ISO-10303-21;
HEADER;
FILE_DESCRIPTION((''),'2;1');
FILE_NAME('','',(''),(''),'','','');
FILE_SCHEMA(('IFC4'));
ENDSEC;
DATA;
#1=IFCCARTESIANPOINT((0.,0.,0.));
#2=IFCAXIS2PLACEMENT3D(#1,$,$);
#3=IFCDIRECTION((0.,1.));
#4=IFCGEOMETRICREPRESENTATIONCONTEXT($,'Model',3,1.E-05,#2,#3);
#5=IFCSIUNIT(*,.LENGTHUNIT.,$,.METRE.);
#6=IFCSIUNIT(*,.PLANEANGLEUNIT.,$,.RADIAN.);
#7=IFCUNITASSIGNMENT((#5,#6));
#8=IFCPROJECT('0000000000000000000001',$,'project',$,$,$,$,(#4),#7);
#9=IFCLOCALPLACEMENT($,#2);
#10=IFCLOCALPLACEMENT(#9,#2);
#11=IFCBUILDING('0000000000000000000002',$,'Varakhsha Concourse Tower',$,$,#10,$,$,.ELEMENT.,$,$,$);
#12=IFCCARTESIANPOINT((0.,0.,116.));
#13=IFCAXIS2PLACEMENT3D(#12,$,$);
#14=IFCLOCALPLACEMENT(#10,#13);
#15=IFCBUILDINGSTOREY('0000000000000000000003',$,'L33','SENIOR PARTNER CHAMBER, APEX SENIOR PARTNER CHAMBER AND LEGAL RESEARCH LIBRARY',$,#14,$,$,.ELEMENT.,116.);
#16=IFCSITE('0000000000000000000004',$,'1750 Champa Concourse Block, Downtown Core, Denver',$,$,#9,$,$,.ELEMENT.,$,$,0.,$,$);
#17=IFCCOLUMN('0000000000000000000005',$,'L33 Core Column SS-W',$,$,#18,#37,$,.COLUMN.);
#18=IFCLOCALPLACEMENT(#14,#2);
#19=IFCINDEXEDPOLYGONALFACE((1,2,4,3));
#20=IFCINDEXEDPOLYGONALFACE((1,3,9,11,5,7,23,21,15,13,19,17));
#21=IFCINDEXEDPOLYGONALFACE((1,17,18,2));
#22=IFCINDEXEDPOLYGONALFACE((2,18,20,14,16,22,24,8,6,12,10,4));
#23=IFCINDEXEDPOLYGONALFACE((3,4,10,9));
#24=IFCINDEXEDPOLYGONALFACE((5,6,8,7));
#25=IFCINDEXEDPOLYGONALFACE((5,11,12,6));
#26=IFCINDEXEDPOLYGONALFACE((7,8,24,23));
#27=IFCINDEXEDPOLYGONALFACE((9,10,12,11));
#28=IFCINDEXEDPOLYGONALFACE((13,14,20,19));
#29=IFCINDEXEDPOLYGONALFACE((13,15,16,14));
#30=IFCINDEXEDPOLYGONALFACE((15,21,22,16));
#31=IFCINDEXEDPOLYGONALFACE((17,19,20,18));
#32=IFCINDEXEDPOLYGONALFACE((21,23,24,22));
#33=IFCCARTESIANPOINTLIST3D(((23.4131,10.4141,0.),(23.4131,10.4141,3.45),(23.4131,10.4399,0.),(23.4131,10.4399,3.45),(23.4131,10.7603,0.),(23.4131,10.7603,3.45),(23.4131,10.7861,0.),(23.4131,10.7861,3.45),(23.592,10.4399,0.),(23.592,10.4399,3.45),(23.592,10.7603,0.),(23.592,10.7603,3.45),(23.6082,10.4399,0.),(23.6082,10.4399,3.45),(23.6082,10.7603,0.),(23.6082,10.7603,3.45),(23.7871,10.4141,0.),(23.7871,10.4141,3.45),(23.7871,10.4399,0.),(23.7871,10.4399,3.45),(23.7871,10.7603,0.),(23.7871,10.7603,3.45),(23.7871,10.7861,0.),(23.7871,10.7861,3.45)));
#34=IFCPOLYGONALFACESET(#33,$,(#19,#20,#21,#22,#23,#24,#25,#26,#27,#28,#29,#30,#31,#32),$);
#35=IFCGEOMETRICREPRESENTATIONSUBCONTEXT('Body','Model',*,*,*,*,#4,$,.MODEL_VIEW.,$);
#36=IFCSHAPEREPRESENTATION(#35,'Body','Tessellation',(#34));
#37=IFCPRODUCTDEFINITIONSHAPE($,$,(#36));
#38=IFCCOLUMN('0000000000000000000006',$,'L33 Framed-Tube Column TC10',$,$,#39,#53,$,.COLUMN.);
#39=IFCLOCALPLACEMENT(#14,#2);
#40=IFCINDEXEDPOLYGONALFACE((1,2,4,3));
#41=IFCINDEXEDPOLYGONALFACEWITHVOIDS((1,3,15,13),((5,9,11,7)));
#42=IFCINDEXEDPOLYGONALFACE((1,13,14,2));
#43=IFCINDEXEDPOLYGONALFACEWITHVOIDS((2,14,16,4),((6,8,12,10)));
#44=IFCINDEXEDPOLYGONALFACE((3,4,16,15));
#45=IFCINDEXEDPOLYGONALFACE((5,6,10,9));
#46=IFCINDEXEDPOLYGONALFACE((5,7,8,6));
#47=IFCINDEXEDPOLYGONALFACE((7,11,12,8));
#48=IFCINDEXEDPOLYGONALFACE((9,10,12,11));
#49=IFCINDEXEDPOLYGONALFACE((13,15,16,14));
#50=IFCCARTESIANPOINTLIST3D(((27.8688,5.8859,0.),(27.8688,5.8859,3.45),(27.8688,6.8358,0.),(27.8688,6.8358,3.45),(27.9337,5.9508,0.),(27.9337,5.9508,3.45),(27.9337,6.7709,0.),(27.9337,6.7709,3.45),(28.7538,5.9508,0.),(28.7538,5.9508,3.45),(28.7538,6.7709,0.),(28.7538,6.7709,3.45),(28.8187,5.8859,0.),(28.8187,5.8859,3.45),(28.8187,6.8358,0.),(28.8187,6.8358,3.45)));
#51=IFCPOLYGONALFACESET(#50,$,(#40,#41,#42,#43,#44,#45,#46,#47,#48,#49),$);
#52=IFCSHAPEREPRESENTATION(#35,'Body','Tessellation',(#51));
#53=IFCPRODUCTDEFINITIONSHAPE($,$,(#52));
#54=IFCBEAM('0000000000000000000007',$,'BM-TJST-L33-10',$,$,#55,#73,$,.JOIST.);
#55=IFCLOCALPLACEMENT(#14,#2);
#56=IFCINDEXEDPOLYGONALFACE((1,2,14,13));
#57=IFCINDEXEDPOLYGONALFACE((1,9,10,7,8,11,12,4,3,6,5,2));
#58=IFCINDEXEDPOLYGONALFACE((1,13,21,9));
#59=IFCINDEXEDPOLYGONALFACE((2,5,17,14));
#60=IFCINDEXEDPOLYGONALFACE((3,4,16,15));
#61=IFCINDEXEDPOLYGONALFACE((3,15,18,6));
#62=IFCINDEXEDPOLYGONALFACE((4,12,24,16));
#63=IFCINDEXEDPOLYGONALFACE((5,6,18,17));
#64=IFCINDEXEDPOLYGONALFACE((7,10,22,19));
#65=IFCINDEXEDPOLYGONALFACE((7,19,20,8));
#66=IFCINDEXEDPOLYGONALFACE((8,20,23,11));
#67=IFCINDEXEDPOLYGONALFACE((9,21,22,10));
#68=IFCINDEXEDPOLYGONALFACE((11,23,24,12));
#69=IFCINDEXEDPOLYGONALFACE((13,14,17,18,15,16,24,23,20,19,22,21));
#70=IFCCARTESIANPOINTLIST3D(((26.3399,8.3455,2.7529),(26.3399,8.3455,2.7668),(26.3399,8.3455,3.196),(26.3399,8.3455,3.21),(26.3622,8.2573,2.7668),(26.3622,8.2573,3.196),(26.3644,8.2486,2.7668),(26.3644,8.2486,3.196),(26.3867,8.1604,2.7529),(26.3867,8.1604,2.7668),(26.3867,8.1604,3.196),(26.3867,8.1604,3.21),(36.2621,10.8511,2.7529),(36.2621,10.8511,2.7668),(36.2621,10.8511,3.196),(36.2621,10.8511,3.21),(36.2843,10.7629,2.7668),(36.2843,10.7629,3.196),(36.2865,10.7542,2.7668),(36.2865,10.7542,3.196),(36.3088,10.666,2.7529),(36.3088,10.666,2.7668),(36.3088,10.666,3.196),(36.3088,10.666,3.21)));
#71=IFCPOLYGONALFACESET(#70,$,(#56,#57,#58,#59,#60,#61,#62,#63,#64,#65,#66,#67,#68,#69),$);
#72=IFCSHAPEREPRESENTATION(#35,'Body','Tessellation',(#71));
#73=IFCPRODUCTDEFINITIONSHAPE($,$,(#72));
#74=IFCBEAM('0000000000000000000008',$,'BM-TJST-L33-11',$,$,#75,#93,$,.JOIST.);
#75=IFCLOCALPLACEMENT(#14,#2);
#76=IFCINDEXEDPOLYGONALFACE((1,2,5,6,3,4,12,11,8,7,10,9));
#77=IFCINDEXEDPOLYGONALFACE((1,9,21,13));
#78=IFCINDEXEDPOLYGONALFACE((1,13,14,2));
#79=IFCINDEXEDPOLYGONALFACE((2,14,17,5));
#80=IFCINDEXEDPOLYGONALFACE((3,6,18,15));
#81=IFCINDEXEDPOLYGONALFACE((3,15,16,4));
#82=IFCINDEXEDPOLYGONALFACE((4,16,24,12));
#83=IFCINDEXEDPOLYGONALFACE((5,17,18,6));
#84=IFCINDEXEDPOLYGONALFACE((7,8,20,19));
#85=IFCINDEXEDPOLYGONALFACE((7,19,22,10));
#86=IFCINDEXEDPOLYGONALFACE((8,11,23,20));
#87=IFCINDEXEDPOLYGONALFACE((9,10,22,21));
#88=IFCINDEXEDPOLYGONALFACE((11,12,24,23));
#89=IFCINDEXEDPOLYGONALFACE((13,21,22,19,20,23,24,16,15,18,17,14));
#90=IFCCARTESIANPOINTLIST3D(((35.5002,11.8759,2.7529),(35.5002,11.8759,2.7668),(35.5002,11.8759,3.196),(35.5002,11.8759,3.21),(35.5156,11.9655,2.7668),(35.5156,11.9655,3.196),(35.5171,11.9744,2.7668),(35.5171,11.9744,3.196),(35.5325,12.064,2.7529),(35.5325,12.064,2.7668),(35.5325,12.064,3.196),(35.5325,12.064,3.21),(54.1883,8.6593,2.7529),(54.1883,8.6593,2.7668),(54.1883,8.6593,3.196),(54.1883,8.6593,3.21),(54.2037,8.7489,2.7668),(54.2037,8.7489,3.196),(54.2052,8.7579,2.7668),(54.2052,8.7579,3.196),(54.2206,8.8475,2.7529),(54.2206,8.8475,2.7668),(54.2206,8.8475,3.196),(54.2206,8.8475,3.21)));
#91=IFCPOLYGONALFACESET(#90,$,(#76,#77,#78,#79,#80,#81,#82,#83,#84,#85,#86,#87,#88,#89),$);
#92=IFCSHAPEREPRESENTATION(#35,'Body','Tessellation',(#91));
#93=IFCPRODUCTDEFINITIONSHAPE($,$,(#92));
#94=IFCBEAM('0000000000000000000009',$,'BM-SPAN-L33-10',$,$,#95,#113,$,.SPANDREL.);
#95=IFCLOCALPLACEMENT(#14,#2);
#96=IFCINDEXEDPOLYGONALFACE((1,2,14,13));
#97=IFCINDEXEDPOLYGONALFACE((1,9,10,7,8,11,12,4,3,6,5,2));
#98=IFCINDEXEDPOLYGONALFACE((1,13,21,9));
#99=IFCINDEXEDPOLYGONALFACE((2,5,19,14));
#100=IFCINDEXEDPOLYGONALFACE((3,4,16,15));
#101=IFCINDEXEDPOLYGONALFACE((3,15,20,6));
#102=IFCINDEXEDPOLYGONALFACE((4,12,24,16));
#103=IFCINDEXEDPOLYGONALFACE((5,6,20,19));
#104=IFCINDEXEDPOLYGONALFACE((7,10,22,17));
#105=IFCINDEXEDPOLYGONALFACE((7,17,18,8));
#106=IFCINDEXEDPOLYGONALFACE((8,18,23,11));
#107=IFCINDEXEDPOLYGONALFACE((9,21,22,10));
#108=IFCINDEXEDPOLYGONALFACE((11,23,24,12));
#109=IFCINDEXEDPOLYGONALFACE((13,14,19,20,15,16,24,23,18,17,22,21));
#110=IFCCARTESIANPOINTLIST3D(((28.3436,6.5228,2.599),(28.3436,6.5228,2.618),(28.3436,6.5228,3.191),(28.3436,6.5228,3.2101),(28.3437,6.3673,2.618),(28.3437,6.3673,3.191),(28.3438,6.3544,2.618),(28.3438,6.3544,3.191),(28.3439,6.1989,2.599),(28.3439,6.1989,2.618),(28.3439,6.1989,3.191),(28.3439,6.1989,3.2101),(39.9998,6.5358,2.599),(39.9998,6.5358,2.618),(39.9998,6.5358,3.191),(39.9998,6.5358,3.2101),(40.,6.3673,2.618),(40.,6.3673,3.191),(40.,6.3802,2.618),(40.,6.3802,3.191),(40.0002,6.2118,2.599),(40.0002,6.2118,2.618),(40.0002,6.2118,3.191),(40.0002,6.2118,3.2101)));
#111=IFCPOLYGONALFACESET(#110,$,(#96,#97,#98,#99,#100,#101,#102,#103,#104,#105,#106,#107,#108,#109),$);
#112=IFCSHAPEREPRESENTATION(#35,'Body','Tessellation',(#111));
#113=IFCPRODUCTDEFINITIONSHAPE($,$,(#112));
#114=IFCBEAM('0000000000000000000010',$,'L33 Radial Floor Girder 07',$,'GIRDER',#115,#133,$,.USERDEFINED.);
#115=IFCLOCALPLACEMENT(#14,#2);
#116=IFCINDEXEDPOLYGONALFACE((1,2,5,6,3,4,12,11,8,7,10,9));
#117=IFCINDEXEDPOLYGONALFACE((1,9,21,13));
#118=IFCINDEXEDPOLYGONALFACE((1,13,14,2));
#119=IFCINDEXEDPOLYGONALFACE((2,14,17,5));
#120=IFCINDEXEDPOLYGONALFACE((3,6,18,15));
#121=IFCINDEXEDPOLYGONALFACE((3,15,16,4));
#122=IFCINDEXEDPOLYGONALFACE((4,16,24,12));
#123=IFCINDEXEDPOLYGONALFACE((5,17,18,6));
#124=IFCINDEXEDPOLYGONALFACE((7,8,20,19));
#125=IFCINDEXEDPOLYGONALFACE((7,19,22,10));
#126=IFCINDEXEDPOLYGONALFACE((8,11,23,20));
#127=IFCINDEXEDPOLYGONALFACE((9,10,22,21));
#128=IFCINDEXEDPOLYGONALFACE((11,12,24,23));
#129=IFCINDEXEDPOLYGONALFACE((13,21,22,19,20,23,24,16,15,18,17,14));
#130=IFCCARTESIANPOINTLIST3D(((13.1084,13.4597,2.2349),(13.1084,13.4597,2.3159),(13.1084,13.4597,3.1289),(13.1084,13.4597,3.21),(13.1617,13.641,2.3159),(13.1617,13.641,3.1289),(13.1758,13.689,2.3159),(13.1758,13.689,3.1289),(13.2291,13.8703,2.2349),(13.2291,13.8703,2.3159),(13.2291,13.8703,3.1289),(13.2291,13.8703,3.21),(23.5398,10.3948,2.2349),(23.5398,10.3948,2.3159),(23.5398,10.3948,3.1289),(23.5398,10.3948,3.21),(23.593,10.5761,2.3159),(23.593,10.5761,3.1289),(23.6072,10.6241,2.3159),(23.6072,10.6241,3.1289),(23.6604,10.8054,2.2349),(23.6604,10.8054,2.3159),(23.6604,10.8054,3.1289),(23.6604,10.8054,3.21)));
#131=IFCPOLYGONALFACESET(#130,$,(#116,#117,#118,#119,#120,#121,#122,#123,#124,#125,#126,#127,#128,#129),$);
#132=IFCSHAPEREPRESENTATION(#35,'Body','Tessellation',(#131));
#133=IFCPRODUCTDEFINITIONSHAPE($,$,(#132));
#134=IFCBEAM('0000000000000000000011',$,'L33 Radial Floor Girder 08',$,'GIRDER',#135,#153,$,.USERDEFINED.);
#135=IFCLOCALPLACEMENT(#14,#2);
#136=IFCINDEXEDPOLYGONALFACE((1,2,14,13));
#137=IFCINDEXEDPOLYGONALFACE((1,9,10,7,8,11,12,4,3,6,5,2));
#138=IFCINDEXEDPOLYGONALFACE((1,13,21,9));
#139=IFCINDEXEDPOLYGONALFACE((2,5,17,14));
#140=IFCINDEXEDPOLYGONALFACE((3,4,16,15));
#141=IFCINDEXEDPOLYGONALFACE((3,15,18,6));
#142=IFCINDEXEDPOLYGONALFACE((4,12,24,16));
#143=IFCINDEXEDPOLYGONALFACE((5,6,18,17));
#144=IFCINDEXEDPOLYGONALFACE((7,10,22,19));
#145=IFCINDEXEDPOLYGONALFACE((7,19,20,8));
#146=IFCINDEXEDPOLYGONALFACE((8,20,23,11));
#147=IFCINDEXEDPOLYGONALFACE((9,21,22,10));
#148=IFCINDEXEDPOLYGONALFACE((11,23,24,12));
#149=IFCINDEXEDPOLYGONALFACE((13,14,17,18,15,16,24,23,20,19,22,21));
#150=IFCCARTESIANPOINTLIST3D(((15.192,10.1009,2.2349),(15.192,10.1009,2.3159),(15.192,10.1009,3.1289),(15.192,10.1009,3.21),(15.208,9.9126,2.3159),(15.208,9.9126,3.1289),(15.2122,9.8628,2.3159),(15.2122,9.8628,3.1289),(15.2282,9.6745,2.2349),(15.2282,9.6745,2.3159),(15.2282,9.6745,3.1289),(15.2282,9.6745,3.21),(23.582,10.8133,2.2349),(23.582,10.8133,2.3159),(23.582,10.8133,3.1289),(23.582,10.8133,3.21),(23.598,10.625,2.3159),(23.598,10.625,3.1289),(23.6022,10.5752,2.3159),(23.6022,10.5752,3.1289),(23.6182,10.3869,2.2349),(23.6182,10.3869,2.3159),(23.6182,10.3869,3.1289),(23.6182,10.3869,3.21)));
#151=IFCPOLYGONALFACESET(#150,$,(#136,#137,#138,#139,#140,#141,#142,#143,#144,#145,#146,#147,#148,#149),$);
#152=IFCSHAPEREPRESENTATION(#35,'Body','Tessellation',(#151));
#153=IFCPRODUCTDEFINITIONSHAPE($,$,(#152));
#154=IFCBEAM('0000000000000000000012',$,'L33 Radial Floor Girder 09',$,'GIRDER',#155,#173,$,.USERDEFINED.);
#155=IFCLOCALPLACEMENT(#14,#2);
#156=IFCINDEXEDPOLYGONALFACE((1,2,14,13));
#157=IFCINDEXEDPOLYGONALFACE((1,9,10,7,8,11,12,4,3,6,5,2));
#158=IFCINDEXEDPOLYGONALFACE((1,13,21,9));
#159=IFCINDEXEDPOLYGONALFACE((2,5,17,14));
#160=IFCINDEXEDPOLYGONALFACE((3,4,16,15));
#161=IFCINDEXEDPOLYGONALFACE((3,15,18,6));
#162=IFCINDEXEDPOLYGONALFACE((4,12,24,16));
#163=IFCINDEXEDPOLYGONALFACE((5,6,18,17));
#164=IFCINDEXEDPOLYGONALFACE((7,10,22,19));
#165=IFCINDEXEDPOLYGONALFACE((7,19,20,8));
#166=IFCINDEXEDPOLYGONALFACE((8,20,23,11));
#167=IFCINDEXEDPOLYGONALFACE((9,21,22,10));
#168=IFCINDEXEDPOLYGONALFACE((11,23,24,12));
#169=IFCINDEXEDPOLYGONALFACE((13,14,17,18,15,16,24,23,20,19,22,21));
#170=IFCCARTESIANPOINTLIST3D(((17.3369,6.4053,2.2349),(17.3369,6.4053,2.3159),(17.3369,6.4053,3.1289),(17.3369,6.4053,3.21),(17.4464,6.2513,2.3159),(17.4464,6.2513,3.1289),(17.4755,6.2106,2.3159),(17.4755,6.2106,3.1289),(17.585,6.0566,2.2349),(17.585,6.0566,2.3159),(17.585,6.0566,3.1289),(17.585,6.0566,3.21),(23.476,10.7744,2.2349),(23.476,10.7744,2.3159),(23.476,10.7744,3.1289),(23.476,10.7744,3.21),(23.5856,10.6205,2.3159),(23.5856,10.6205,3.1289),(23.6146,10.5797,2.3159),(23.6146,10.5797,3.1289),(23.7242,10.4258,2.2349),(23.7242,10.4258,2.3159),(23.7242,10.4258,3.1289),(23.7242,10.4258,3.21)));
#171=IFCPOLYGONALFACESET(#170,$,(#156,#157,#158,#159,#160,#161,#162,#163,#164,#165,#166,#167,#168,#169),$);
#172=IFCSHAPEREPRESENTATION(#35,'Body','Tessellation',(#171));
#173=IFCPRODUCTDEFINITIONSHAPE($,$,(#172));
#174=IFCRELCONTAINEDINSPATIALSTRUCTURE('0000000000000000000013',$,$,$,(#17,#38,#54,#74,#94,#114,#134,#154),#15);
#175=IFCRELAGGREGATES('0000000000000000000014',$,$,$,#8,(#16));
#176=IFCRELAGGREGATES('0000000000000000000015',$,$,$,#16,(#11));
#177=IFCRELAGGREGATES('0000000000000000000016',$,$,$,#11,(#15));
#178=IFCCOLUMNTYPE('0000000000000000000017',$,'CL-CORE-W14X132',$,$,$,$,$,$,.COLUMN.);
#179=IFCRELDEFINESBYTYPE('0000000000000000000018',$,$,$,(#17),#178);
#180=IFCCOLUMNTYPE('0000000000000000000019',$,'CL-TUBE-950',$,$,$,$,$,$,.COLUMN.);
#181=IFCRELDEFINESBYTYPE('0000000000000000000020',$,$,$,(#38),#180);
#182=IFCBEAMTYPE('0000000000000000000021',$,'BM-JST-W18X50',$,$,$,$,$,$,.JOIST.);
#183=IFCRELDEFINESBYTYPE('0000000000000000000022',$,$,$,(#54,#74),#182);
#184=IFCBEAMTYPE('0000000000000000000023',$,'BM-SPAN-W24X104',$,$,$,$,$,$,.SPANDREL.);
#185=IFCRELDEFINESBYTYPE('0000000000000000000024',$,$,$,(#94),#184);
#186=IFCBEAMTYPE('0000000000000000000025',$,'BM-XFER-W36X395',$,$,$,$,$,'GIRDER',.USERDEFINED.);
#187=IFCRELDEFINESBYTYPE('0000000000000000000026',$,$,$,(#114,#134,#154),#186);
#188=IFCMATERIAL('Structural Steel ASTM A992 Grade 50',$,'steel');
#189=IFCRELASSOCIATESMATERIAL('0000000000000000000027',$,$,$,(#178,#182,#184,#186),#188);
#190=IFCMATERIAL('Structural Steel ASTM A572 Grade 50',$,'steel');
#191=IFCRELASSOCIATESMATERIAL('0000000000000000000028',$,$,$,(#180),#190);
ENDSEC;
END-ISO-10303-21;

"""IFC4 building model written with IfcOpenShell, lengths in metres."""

from ifc_helpers import new_model, si_unit, direction, frame, origin, origin_2d, place, context, subcontext, project, spatial, hollow_rectangle, i_section, extrude, material, material_profile, profile_set, type_object, element, save


model = new_model("IFC4")

# Units and contexts
model_context = context("Model", 3, precision=1e-05, world=origin(), true_north=direction((0.0, 1.0)))
body_context = subcontext(model_context, "Body", "Model", "MODEL_VIEW")
ifc_project = project(units=[si_unit("LENGTHUNIT", "METRE"), si_unit("PLANEANGLEUNIT", "RADIAN")], contexts=[model_context])

# Site, building, storey
site_placement = place(None, origin())
site = spatial("IfcSite", under=ifc_project, at=site_placement, Name="1750 Champa Concourse Block, Downtown Core, Denver", CompositionType="ELEMENT", RefElevation=0.0)
building_placement = place(site_placement, origin())
building = spatial("IfcBuilding", under=site, at=building_placement, Name="Varakhsha Concourse Tower", CompositionType="ELEMENT")
storey_placement = place(building_placement, frame((0.0, 0.0, 116.0)))
storey = spatial("IfcBuildingStorey", under=building, at=storey_placement, Name="L33", Description="SENIOR PARTNER CHAMBER, APEX SENIOR PARTNER CHAMBER AND LEGAL RESEARCH LIBRARY", CompositionType="ELEMENT", Elevation=116.0)

# Columns
ifc_material_1 = material(Name="Structural Steel ASTM A992 Grade 50", Category="steel")
ifc_material_profile_1 = material_profile(ifc_material_1, i_section(OverallWidth=0.374, OverallDepth=0.3721, WebThickness=0.0161, FlangeThickness=0.0259, at=origin_2d()), Name="W14X132")
ifc_profile_set_1 = profile_set([ifc_material_profile_1], Name="Structural Steel ASTM A992 Grade 50")
column_type_1 = type_object("IfcColumnType", Name="CL-CORE-W14X132", PredefinedType="COLUMN", material=ifc_profile_set_1)
column_1_placement = place(storey_placement, frame((23.6001, 10.6001, 0.0), z_axis=(0.0, 0.0, 1.0), x_axis=(1.0, 0.0, 0.0)))
element("IfcColumn", 1, at=column_1_placement, inside=storey, type_object=column_type_1, Name="L33 Core Column SS-W", PredefinedType="COLUMN", context=body_context, shape_type="SweptSolid", body=[
    extrude(i_section(OverallWidth=0.374, OverallDepth=0.3721, WebThickness=0.0161, FlangeThickness=0.0259, at=origin_2d()), origin(), (0.0, 0.0, 1.0), 3.45),
])
ifc_material_2 = material(Name="Structural Steel ASTM A572 Grade 50", Category="steel")
ifc_material_profile_2 = material_profile(ifc_material_2, hollow_rectangle(XDim=0.95, YDim=0.95, WallThickness=0.0649, at=origin_2d()), Name="BOX 950x950x65")
ifc_profile_set_2 = profile_set([ifc_material_profile_2], Name="Structural Steel ASTM A572 Grade 50")
column_type_2 = type_object("IfcColumnType", Name="CL-TUBE-950", PredefinedType="COLUMN", material=ifc_profile_set_2)
column_2_placement = place(storey_placement, frame((28.3438, 6.3608, 0.0), z_axis=(0.0, 0.0, 1.0), x_axis=(1.0, 0.0, 0.0)))
element("IfcColumn", 2, at=column_2_placement, inside=storey, type_object=column_type_2, Name="L33 Framed-Tube Column TC10", PredefinedType="COLUMN", context=body_context, shape_type="SweptSolid", body=[
    extrude(hollow_rectangle(XDim=0.95, YDim=0.95, WallThickness=0.0649, at=origin_2d()), origin(), (0.0, 0.0, 1.0), 3.45),
])

# Beams
ifc_material_profile_3 = material_profile(ifc_material_1, i_section(OverallWidth=0.1909, OverallDepth=0.457, WebThickness=0.009, FlangeThickness=0.0139, at=origin_2d()), Name="W18X50")
ifc_profile_set_3 = profile_set([ifc_material_profile_3], Name="Structural Steel ASTM A992 Grade 50")
beam_type_1 = type_object("IfcBeamType", Name="BM-JST-W18X50", PredefinedType="JOIST", material=ifc_profile_set_3)
beam_1_placement = place(storey_placement, frame((26.3633, 8.2529, 2.9814), z_axis=(0.969563, 0.244842, 0.0), x_axis=(-0.244842, 0.969563, 0.0)))
element("IfcBeam", 3, at=beam_1_placement, inside=storey, type_object=beam_type_1, Name="BM-TJST-L33-10", PredefinedType="JOIST", context=body_context, shape_type="SweptSolid", body=[
    extrude(i_section(OverallWidth=0.1909, OverallDepth=0.457, WebThickness=0.009, FlangeThickness=0.0139, at=origin_2d()), origin(), (0.0, 0.0, 1.0), 10.2336),
])
beam_2_placement = place(storey_placement, frame((35.5164, 11.97, 2.9814), z_axis=(0.985509, -0.169625, 0.0), x_axis=(0.169625, 0.985509, 0.0)))
element("IfcBeam", 4, at=beam_2_placement, inside=storey, type_object=beam_type_1, Name="BM-TJST-L33-11", PredefinedType="JOIST", context=body_context, shape_type="SweptSolid", body=[
    extrude(i_section(OverallWidth=0.1909, OverallDepth=0.457, WebThickness=0.009, FlangeThickness=0.0139, at=origin_2d()), origin(), (0.0, 0.0, 1.0), 18.9629),
])
ifc_material_profile_4 = material_profile(ifc_material_1, i_section(OverallWidth=0.324, OverallDepth=0.6111, WebThickness=0.0129, FlangeThickness=0.019, at=origin_2d()), Name="W24X104")
ifc_profile_set_4 = profile_set([ifc_material_profile_4], Name="Structural Steel ASTM A992 Grade 50")
beam_type_2 = type_object("IfcBeamType", Name="BM-SPAN-W24X104", PredefinedType="SPANDREL", material=ifc_profile_set_4)
beam_3_placement = place(storey_placement, frame((28.3438, 6.3608, 2.9045), z_axis=(0.999999, 0.00111, 0.0), x_axis=(-0.00111, 0.999999, 0.0)))
element("IfcBeam", 5, at=beam_3_placement, inside=storey, type_object=beam_type_2, Name="BM-SPAN-L33-10", PredefinedType="SPANDREL", context=body_context, shape_type="SweptSolid", body=[
    extrude(i_section(OverallWidth=0.324, OverallDepth=0.6111, WebThickness=0.0129, FlangeThickness=0.019, at=origin_2d()), origin(), (0.0, 0.0, 1.0), 11.6562),
])
ifc_material_profile_5 = material_profile(ifc_material_1, i_section(OverallWidth=0.428, OverallDepth=0.9751, WebThickness=0.05, FlangeThickness=0.0811, at=origin_2d()), Name="W36X395")
ifc_profile_set_5 = profile_set([ifc_material_profile_5], Name="Structural Steel ASTM A992 Grade 50")
beam_type_3 = type_object("IfcBeamType", Name="BM-XFER-W36X395", ElementType="GIRDER", PredefinedType="USERDEFINED", material=ifc_profile_set_5)
beam_4_placement = place(storey_placement, frame((23.6001, 10.6001, 2.7224), z_axis=(-0.959443, 0.281903, 0.0), x_axis=(-0.281903, -0.959443, 0.0)))
element("IfcBeam", 6, at=beam_4_placement, inside=storey, type_object=beam_type_3, Name="L33 Radial Floor Girder 07", ObjectType="GIRDER", PredefinedType="USERDEFINED", context=body_context, shape_type="SweptSolid", body=[
    extrude(i_section(OverallWidth=0.428, OverallDepth=0.9751, WebThickness=0.05, FlangeThickness=0.0811, at=origin_2d()), origin(), (0.0, 0.0, 1.0), 10.8723),
])
beam_5_placement = place(storey_placement, frame((23.6001, 10.6001, 2.7224), z_axis=(-0.996414, -0.084608, 0.0), x_axis=(0.084608, -0.996414, 0.0)))
element("IfcBeam", 7, at=beam_5_placement, inside=storey, type_object=beam_type_3, Name="L33 Radial Floor Girder 08", ObjectType="GIRDER", PredefinedType="USERDEFINED", context=body_context, shape_type="SweptSolid", body=[
    extrude(i_section(OverallWidth=0.428, OverallDepth=0.9751, WebThickness=0.05, FlangeThickness=0.0811, at=origin_2d()), origin(), (0.0, 0.0, 1.0), 8.4202),
])
beam_6_placement = place(storey_placement, frame((23.6001, 10.6001, 2.7224), z_axis=(-0.814735, -0.579834, 0.0), x_axis=(0.579834, -0.814735, 0.0)))
element("IfcBeam", 8, at=beam_6_placement, inside=storey, type_object=beam_type_3, Name="L33 Radial Floor Girder 09", ObjectType="GIRDER", PredefinedType="USERDEFINED", context=body_context, shape_type="SweptSolid", body=[
    extrude(i_section(OverallWidth=0.428, OverallDepth=0.9751, WebThickness=0.05, FlangeThickness=0.0811, at=origin_2d()), origin(), (0.0, 0.0, 1.0), 7.5352),
])

save(model, "model.ifc")
